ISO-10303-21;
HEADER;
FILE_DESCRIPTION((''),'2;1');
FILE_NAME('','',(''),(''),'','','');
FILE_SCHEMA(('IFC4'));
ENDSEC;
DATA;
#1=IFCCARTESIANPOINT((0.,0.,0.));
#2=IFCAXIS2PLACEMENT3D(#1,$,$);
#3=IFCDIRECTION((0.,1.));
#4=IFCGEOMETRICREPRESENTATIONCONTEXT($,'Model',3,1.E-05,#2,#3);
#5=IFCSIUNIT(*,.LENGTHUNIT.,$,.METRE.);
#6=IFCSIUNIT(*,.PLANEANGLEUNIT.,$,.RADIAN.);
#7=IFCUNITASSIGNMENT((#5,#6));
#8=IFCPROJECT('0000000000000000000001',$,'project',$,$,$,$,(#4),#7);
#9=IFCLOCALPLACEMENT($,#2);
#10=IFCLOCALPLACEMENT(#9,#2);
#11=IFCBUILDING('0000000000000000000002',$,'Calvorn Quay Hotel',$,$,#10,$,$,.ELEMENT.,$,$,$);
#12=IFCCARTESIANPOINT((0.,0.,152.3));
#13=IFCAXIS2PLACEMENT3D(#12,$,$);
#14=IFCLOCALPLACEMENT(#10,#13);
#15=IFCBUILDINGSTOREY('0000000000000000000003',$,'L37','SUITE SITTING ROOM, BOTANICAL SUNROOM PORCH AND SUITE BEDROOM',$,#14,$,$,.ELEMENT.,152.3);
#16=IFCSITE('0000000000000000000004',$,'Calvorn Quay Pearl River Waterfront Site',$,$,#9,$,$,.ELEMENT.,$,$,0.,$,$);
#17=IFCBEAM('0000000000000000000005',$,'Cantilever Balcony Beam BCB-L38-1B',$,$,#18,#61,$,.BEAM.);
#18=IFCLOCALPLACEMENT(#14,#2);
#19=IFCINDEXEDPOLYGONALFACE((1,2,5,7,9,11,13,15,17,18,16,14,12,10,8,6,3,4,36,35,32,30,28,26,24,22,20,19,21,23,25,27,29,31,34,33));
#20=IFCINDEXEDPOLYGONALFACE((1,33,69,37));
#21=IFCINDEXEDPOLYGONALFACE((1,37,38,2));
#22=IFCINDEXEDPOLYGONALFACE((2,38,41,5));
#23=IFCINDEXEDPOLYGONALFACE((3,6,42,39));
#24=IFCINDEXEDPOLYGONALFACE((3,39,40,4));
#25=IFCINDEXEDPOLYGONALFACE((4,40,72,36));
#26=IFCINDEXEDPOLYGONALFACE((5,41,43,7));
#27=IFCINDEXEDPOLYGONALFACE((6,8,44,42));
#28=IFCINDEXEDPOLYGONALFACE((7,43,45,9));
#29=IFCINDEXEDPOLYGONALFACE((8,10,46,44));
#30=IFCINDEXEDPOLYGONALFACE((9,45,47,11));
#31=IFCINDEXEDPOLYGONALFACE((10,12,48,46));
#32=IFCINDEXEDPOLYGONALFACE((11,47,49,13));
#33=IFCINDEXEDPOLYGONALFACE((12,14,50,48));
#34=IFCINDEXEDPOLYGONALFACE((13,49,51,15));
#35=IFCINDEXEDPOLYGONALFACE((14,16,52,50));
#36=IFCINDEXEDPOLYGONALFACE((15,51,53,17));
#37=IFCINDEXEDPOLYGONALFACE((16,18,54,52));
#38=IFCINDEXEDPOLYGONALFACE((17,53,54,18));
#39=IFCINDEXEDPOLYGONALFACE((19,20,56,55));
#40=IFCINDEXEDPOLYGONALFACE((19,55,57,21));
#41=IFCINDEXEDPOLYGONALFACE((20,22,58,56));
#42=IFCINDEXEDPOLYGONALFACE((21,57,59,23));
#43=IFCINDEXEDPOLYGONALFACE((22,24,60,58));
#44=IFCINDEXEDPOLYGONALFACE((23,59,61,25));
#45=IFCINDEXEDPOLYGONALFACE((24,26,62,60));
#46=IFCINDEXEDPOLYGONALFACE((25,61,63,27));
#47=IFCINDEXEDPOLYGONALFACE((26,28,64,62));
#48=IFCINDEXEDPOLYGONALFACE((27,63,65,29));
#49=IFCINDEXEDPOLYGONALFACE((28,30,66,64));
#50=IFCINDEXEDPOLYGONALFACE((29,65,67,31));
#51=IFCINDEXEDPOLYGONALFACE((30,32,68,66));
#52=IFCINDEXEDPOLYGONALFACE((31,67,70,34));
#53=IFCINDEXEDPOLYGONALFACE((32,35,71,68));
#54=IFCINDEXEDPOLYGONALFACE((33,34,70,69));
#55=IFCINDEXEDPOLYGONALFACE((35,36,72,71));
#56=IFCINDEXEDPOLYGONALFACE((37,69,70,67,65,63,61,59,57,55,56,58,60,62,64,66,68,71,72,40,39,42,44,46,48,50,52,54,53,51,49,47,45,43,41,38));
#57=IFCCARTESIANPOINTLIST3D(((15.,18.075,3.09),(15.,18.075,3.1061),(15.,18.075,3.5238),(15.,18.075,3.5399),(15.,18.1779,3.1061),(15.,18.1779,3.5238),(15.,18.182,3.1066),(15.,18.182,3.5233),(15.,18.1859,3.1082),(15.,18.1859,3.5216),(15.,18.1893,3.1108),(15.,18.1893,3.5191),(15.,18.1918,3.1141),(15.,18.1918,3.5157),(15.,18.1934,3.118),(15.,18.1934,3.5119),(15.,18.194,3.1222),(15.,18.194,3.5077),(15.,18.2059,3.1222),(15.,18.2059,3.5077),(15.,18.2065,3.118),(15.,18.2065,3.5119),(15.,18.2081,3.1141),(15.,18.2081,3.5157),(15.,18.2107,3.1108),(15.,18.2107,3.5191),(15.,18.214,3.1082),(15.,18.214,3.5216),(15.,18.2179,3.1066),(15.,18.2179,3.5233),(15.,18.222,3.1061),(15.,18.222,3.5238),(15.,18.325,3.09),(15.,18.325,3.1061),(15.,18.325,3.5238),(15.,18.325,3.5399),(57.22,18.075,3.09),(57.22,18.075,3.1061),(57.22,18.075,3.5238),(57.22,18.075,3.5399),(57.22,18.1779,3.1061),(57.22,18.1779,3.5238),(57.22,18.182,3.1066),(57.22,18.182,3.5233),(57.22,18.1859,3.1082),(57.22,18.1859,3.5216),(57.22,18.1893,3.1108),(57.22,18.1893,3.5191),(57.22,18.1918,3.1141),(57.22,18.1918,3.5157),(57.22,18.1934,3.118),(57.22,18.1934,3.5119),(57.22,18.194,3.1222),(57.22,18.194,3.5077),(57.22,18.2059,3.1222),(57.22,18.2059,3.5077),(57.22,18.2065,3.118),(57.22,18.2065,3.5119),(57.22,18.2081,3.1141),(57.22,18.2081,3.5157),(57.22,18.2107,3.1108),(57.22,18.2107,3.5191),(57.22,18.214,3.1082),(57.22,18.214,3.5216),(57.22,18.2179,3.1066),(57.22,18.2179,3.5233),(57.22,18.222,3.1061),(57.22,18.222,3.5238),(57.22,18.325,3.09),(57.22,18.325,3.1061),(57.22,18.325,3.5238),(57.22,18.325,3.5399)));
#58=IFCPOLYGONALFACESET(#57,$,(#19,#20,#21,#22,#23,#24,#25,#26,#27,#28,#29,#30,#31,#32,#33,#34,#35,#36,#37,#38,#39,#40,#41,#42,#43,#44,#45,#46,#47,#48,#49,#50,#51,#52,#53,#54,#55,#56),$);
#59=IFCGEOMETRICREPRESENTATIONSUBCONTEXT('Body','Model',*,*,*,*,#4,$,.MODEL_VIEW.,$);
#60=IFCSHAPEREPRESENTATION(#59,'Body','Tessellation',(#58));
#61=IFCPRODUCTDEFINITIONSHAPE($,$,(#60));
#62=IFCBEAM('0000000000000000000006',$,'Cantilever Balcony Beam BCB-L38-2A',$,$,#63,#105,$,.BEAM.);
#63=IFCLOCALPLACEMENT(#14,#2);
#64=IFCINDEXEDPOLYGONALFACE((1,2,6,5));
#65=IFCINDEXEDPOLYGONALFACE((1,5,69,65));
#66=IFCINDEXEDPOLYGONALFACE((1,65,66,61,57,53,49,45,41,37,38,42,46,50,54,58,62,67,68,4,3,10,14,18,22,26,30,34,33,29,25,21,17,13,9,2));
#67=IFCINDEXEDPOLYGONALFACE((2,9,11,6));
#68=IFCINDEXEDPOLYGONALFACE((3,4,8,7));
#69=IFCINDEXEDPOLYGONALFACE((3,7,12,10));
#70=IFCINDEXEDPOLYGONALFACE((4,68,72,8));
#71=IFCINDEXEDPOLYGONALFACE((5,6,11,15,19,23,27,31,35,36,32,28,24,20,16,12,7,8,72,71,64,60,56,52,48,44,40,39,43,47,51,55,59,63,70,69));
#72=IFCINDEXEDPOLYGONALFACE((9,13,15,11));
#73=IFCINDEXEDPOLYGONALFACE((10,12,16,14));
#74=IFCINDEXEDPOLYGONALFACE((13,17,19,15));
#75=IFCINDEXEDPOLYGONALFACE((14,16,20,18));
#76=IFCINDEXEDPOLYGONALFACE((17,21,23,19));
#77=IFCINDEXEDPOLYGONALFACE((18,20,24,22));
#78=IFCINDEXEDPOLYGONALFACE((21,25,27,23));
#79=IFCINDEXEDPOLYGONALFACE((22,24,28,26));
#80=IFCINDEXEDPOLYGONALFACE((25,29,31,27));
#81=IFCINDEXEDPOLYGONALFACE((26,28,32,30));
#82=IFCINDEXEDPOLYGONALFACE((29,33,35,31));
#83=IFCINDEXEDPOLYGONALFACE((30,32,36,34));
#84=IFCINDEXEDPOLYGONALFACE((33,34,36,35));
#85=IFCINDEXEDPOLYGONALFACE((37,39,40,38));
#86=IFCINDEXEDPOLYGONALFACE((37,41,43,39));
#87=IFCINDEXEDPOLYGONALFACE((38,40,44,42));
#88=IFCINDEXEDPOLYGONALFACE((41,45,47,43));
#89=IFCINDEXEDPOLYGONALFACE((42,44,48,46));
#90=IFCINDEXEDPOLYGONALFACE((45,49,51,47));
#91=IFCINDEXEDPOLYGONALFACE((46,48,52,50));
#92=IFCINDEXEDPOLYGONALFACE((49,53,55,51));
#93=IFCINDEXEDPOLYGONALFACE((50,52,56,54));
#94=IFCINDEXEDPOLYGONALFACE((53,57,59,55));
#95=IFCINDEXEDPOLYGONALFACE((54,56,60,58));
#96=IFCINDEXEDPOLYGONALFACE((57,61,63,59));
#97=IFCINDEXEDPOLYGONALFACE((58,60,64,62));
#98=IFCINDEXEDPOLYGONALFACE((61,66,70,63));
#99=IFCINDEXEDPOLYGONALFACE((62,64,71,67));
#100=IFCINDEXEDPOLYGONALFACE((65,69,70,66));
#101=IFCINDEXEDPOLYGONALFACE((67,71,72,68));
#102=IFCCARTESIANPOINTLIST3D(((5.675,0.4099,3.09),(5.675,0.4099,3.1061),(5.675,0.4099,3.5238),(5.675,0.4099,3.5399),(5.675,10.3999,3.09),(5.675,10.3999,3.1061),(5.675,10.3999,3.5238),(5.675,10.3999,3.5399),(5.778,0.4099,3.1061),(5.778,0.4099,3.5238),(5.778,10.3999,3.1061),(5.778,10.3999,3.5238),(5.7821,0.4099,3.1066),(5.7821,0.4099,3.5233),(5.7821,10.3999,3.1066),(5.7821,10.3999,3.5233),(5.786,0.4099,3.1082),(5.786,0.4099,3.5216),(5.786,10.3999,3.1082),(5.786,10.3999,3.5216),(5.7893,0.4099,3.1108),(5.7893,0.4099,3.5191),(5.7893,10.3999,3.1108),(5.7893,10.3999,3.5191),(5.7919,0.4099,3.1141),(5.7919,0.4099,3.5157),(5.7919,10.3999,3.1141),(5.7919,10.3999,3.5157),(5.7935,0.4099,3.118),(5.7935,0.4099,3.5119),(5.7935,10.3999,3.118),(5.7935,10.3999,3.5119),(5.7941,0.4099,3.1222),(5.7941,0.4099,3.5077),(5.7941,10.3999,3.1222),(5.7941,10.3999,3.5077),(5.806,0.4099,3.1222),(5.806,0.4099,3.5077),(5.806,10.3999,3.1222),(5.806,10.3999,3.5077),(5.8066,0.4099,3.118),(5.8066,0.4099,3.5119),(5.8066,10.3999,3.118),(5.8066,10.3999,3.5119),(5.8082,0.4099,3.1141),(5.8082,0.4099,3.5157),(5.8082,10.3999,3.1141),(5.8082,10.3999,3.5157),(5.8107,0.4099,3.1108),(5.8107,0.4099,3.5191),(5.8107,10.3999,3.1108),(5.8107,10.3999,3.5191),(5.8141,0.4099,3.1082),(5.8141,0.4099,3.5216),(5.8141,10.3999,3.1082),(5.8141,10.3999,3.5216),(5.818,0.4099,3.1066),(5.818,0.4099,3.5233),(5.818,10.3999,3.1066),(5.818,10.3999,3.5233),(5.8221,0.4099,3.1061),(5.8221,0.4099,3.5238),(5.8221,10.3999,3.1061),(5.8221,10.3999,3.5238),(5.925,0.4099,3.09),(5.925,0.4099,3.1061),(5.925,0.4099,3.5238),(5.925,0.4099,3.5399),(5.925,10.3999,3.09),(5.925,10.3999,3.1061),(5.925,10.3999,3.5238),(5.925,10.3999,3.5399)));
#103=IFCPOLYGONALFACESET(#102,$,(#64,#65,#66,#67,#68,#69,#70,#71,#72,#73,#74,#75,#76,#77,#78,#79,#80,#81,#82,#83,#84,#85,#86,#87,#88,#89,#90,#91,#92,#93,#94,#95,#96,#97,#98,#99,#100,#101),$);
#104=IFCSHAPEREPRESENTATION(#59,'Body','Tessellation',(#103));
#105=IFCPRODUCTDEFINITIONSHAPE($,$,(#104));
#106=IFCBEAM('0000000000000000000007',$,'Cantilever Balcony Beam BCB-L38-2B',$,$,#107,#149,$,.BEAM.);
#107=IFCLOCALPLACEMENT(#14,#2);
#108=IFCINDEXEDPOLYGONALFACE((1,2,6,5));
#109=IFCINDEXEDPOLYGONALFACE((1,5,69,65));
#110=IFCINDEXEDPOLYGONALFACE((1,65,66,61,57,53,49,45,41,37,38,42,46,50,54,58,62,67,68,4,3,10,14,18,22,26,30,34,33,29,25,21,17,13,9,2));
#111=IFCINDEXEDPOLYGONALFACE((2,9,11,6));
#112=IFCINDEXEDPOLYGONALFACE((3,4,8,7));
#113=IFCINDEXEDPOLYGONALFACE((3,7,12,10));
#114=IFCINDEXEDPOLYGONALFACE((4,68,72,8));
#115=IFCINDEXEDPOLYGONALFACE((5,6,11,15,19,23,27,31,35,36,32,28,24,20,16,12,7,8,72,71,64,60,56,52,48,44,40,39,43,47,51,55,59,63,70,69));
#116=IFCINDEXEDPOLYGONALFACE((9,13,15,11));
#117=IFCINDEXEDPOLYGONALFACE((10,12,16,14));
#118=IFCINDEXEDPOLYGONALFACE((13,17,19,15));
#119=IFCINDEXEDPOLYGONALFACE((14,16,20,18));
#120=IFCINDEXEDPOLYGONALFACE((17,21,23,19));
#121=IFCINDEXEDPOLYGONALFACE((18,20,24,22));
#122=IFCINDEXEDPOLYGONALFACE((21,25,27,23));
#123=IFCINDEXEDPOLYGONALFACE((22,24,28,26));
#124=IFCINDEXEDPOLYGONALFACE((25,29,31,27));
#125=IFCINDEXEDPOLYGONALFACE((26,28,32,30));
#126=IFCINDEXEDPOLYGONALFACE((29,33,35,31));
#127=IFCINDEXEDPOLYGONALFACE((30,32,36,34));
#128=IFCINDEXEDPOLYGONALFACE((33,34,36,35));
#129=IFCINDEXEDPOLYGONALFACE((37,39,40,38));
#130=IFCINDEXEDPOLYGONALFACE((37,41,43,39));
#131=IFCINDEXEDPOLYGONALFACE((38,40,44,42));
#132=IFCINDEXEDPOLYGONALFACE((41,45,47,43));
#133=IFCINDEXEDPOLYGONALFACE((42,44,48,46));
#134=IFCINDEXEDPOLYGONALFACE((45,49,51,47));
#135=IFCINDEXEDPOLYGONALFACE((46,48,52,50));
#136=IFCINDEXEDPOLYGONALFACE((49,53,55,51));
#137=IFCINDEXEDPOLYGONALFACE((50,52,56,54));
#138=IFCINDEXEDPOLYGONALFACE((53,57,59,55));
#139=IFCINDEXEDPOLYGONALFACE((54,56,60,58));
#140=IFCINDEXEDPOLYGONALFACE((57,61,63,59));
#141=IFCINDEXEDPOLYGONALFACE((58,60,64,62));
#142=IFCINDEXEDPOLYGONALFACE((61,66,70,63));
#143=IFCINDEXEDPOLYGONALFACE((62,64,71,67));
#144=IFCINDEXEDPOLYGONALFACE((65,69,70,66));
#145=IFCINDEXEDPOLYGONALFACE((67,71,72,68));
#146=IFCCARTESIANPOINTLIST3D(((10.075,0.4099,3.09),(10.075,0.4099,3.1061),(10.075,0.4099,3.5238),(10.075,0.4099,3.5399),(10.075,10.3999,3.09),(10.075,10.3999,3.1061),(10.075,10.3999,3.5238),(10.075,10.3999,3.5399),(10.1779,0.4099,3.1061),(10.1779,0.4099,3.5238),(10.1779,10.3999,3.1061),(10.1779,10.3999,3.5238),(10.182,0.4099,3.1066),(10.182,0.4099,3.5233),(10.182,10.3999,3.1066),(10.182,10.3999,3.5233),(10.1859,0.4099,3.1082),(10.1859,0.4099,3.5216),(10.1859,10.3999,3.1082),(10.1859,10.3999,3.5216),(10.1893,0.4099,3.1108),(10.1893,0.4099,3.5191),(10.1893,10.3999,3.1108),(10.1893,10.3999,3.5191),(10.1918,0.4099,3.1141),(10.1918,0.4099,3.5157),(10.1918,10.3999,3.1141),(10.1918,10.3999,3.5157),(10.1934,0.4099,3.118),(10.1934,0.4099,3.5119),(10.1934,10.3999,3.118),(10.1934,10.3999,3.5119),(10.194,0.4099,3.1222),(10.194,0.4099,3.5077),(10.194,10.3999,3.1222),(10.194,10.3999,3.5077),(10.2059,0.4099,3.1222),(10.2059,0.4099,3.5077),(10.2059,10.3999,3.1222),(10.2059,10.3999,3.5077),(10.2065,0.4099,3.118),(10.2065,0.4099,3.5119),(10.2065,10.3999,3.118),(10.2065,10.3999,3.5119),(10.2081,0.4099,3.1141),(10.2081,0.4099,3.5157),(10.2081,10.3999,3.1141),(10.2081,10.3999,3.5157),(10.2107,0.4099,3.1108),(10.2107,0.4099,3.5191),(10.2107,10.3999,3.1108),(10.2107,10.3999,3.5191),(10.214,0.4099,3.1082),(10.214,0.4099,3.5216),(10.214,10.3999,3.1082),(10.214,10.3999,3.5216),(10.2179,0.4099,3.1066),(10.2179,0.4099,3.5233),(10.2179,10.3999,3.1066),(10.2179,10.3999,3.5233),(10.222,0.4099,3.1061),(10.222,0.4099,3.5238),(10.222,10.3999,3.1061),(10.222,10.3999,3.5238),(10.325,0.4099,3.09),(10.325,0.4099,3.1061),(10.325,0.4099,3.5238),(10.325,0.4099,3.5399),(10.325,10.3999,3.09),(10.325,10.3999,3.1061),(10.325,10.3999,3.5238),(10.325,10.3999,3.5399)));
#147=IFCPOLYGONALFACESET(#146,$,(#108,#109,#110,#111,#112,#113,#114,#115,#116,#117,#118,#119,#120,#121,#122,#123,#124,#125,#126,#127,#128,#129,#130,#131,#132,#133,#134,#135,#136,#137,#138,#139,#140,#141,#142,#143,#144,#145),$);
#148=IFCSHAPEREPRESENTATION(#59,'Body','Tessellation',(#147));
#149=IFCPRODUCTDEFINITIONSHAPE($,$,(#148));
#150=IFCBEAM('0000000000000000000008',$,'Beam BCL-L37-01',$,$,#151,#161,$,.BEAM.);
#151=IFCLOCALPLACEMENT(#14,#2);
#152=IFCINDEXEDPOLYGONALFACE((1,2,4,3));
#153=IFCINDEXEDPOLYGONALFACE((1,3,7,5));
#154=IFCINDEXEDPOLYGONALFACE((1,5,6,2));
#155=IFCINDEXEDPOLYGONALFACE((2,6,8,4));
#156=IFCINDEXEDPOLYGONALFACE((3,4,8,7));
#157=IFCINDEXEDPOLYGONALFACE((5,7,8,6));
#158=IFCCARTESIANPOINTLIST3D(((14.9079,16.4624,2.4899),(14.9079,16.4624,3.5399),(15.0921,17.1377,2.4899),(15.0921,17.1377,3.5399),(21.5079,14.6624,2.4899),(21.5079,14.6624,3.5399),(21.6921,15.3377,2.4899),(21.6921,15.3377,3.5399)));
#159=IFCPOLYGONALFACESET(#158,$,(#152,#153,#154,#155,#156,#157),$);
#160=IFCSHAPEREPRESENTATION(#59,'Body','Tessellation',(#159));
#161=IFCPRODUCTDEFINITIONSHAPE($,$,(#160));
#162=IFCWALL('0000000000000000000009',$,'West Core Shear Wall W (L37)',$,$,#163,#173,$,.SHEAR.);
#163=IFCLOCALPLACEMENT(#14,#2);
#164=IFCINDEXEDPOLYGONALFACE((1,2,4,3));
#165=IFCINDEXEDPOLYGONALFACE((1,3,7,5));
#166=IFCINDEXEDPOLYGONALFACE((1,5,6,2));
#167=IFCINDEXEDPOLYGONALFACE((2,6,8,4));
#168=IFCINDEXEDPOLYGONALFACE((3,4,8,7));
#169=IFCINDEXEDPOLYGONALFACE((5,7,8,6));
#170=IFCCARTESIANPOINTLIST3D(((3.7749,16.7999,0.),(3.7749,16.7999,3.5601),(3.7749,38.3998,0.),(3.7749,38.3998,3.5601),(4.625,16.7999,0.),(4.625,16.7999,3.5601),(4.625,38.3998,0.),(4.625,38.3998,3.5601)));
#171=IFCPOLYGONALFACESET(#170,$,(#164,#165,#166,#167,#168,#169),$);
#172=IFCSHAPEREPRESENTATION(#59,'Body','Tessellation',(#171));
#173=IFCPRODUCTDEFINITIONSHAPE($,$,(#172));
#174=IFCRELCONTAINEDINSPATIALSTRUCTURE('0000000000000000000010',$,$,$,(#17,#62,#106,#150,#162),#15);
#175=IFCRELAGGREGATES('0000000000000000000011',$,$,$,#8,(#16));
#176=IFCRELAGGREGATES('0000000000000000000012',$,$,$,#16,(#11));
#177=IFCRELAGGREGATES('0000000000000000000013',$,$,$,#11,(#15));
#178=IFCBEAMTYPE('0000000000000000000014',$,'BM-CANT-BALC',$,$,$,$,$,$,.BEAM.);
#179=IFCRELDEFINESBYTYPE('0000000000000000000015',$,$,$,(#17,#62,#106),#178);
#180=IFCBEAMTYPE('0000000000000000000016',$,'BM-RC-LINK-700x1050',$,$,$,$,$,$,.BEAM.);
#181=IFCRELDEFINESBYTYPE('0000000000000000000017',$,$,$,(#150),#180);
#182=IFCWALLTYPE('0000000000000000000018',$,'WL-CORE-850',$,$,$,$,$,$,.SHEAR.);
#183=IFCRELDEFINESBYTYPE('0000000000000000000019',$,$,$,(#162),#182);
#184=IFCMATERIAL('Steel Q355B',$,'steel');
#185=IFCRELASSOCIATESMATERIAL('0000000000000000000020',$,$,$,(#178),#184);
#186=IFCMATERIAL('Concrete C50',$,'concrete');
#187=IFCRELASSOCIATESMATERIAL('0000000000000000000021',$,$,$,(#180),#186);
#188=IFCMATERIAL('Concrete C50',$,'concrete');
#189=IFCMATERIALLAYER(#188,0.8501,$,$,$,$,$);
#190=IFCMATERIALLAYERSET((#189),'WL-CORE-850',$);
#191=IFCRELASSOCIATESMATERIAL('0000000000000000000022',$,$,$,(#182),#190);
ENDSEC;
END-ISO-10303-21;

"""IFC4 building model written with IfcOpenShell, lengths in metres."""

from ifc_helpers import new_model, si_unit, direction, frame, frame_2d, origin, origin_2d, place, context, subcontext, project, spatial, rectangle, i_section, extrude, material, layer, layer_set, material_profile, profile_set, type_object, element, save


model = new_model("IFC4")

# Units and contexts
model_context = context("Model", 3, precision=1e-05, world=origin(), true_north=direction((0.0, 1.0)))
body_context = subcontext(model_context, "Body", "Model", "MODEL_VIEW")
ifc_project = project(units=[si_unit("LENGTHUNIT", "METRE"), si_unit("PLANEANGLEUNIT", "RADIAN")], contexts=[model_context])

# Site, building, storey
site_placement = place(None, origin())
site = spatial("IfcSite", under=ifc_project, at=site_placement, Name="Calvorn Quay Pearl River Waterfront Site", CompositionType="ELEMENT", RefElevation=0.0)
building_placement = place(site_placement, origin())
building = spatial("IfcBuilding", under=site, at=building_placement, Name="Calvorn Quay Hotel", CompositionType="ELEMENT")
storey_placement = place(building_placement, frame((0.0, 0.0, 152.3)))
storey = spatial("IfcBuildingStorey", under=building, at=storey_placement, Name="L37", Description="SUITE SITTING ROOM, BOTANICAL SUNROOM PORCH AND SUITE BEDROOM", CompositionType="ELEMENT", Elevation=152.3)

# Beams
ifc_material_1 = material(Name="Steel Q355B", Category="steel")
ifc_material_profile_1 = material_profile(ifc_material_1, i_section(OverallWidth=0.25, OverallDepth=0.45, WebThickness=0.012, FlangeThickness=0.0161, FilletRadius=0.0161, at=origin_2d()), Name="HN450x250x12x16")
ifc_profile_set_1 = profile_set([ifc_material_profile_1], Name="Steel Q355B")
beam_type_1 = type_object("IfcBeamType", Name="BM-CANT-BALC", PredefinedType="BEAM", material=ifc_profile_set_1)
beam_1_placement = place(storey_placement, frame((15.0, 18.2, 3.3149), z_axis=(1.0, 0.0, 0.0), x_axis=(0.0, 1.0, 0.0)))
element("IfcBeam", 1, at=beam_1_placement, inside=storey, type_object=beam_type_1, Name="Cantilever Balcony Beam BCB-L38-1B", PredefinedType="BEAM", context=body_context, shape_type="SweptSolid", body=[
    extrude(i_section(OverallWidth=0.25, OverallDepth=0.45, WebThickness=0.012, FlangeThickness=0.0161, FilletRadius=0.0161, at=origin_2d()), origin(), (0.0, 0.0, 1.0), 42.22),
])
for number, where, z_axis, x_axis, name in (
    (2, (5.8, 10.3999, 3.3149), (0.0, -1.0, 0.0), (1.0, 0.0, 0.0), "Cantilever Balcony Beam BCB-L38-2A"),
    (3, (10.2, 10.3999, 3.3149), (0.0, -1.0, 0.0), (1.0, 0.0, 0.0), "Cantilever Balcony Beam BCB-L38-2B"),
):
    element("IfcBeam", number, at=place(storey_placement, frame(where, z_axis=z_axis, x_axis=x_axis)), inside=storey, type_object=beam_type_1, Name=name, PredefinedType="BEAM", context=body_context, shape_type="SweptSolid", body=[
        extrude(i_section(OverallWidth=0.25, OverallDepth=0.45, WebThickness=0.012, FlangeThickness=0.0161, FilletRadius=0.0161, at=origin_2d()), origin(), (0.0, 0.0, 1.0), 9.99),
    ])
ifc_material_2 = material(Name="Concrete C50", Category="concrete")
ifc_material_profile_2 = material_profile(ifc_material_2, rectangle(XDim=0.7, YDim=1.05, at=origin_2d()), Name="RCB700x1050")
ifc_profile_set_2 = profile_set([ifc_material_profile_2], Name="Concrete C50")
beam_type_2 = type_object("IfcBeamType", Name="BM-RC-LINK-700x1050", PredefinedType="BEAM", material=ifc_profile_set_2)
beam_2_placement = place(storey_placement, frame((15.0, 16.8, 3.0149), z_axis=(0.964763, -0.26312, 0.0), x_axis=(0.26312, 0.964763, 0.0)))
element("IfcBeam", 4, at=beam_2_placement, inside=storey, type_object=beam_type_2, Name="Beam BCL-L37-01", PredefinedType="BEAM", context=body_context, shape_type="SweptSolid", body=[
    extrude(rectangle(XDim=0.7, YDim=1.05, at=origin_2d()), origin(), (0.0, 0.0, 1.0), 6.8411),
])

# Wall
ifc_material_3 = material(Name="Concrete C50", Category="concrete")
ifc_layer_1 = layer(ifc_material_3, 0.8501)
ifc_layer_set_1 = layer_set([ifc_layer_1], Name="WL-CORE-850")
wall_type_1 = type_object("IfcWallType", Name="WL-CORE-850", PredefinedType="SHEAR", material=ifc_layer_set_1)
wall_1_placement = place(storey_placement, frame((4.2, 16.8, 0.0), z_axis=(0.0, 0.0, 1.0), x_axis=(0.0, 1.0, 0.0)))
element("IfcWall", 5, at=wall_1_placement, inside=storey, type_object=wall_type_1, Name="West Core Shear Wall W (L37)", PredefinedType="SHEAR", context=body_context, shape_type="SweptSolid", body=[
    extrude(rectangle(XDim=21.5999, YDim=0.8501, at=frame_2d((10.7998, 0.0))), origin(), (0.0, 0.0, 1.0), 3.5601),
])

save(model, "model.ifc")
